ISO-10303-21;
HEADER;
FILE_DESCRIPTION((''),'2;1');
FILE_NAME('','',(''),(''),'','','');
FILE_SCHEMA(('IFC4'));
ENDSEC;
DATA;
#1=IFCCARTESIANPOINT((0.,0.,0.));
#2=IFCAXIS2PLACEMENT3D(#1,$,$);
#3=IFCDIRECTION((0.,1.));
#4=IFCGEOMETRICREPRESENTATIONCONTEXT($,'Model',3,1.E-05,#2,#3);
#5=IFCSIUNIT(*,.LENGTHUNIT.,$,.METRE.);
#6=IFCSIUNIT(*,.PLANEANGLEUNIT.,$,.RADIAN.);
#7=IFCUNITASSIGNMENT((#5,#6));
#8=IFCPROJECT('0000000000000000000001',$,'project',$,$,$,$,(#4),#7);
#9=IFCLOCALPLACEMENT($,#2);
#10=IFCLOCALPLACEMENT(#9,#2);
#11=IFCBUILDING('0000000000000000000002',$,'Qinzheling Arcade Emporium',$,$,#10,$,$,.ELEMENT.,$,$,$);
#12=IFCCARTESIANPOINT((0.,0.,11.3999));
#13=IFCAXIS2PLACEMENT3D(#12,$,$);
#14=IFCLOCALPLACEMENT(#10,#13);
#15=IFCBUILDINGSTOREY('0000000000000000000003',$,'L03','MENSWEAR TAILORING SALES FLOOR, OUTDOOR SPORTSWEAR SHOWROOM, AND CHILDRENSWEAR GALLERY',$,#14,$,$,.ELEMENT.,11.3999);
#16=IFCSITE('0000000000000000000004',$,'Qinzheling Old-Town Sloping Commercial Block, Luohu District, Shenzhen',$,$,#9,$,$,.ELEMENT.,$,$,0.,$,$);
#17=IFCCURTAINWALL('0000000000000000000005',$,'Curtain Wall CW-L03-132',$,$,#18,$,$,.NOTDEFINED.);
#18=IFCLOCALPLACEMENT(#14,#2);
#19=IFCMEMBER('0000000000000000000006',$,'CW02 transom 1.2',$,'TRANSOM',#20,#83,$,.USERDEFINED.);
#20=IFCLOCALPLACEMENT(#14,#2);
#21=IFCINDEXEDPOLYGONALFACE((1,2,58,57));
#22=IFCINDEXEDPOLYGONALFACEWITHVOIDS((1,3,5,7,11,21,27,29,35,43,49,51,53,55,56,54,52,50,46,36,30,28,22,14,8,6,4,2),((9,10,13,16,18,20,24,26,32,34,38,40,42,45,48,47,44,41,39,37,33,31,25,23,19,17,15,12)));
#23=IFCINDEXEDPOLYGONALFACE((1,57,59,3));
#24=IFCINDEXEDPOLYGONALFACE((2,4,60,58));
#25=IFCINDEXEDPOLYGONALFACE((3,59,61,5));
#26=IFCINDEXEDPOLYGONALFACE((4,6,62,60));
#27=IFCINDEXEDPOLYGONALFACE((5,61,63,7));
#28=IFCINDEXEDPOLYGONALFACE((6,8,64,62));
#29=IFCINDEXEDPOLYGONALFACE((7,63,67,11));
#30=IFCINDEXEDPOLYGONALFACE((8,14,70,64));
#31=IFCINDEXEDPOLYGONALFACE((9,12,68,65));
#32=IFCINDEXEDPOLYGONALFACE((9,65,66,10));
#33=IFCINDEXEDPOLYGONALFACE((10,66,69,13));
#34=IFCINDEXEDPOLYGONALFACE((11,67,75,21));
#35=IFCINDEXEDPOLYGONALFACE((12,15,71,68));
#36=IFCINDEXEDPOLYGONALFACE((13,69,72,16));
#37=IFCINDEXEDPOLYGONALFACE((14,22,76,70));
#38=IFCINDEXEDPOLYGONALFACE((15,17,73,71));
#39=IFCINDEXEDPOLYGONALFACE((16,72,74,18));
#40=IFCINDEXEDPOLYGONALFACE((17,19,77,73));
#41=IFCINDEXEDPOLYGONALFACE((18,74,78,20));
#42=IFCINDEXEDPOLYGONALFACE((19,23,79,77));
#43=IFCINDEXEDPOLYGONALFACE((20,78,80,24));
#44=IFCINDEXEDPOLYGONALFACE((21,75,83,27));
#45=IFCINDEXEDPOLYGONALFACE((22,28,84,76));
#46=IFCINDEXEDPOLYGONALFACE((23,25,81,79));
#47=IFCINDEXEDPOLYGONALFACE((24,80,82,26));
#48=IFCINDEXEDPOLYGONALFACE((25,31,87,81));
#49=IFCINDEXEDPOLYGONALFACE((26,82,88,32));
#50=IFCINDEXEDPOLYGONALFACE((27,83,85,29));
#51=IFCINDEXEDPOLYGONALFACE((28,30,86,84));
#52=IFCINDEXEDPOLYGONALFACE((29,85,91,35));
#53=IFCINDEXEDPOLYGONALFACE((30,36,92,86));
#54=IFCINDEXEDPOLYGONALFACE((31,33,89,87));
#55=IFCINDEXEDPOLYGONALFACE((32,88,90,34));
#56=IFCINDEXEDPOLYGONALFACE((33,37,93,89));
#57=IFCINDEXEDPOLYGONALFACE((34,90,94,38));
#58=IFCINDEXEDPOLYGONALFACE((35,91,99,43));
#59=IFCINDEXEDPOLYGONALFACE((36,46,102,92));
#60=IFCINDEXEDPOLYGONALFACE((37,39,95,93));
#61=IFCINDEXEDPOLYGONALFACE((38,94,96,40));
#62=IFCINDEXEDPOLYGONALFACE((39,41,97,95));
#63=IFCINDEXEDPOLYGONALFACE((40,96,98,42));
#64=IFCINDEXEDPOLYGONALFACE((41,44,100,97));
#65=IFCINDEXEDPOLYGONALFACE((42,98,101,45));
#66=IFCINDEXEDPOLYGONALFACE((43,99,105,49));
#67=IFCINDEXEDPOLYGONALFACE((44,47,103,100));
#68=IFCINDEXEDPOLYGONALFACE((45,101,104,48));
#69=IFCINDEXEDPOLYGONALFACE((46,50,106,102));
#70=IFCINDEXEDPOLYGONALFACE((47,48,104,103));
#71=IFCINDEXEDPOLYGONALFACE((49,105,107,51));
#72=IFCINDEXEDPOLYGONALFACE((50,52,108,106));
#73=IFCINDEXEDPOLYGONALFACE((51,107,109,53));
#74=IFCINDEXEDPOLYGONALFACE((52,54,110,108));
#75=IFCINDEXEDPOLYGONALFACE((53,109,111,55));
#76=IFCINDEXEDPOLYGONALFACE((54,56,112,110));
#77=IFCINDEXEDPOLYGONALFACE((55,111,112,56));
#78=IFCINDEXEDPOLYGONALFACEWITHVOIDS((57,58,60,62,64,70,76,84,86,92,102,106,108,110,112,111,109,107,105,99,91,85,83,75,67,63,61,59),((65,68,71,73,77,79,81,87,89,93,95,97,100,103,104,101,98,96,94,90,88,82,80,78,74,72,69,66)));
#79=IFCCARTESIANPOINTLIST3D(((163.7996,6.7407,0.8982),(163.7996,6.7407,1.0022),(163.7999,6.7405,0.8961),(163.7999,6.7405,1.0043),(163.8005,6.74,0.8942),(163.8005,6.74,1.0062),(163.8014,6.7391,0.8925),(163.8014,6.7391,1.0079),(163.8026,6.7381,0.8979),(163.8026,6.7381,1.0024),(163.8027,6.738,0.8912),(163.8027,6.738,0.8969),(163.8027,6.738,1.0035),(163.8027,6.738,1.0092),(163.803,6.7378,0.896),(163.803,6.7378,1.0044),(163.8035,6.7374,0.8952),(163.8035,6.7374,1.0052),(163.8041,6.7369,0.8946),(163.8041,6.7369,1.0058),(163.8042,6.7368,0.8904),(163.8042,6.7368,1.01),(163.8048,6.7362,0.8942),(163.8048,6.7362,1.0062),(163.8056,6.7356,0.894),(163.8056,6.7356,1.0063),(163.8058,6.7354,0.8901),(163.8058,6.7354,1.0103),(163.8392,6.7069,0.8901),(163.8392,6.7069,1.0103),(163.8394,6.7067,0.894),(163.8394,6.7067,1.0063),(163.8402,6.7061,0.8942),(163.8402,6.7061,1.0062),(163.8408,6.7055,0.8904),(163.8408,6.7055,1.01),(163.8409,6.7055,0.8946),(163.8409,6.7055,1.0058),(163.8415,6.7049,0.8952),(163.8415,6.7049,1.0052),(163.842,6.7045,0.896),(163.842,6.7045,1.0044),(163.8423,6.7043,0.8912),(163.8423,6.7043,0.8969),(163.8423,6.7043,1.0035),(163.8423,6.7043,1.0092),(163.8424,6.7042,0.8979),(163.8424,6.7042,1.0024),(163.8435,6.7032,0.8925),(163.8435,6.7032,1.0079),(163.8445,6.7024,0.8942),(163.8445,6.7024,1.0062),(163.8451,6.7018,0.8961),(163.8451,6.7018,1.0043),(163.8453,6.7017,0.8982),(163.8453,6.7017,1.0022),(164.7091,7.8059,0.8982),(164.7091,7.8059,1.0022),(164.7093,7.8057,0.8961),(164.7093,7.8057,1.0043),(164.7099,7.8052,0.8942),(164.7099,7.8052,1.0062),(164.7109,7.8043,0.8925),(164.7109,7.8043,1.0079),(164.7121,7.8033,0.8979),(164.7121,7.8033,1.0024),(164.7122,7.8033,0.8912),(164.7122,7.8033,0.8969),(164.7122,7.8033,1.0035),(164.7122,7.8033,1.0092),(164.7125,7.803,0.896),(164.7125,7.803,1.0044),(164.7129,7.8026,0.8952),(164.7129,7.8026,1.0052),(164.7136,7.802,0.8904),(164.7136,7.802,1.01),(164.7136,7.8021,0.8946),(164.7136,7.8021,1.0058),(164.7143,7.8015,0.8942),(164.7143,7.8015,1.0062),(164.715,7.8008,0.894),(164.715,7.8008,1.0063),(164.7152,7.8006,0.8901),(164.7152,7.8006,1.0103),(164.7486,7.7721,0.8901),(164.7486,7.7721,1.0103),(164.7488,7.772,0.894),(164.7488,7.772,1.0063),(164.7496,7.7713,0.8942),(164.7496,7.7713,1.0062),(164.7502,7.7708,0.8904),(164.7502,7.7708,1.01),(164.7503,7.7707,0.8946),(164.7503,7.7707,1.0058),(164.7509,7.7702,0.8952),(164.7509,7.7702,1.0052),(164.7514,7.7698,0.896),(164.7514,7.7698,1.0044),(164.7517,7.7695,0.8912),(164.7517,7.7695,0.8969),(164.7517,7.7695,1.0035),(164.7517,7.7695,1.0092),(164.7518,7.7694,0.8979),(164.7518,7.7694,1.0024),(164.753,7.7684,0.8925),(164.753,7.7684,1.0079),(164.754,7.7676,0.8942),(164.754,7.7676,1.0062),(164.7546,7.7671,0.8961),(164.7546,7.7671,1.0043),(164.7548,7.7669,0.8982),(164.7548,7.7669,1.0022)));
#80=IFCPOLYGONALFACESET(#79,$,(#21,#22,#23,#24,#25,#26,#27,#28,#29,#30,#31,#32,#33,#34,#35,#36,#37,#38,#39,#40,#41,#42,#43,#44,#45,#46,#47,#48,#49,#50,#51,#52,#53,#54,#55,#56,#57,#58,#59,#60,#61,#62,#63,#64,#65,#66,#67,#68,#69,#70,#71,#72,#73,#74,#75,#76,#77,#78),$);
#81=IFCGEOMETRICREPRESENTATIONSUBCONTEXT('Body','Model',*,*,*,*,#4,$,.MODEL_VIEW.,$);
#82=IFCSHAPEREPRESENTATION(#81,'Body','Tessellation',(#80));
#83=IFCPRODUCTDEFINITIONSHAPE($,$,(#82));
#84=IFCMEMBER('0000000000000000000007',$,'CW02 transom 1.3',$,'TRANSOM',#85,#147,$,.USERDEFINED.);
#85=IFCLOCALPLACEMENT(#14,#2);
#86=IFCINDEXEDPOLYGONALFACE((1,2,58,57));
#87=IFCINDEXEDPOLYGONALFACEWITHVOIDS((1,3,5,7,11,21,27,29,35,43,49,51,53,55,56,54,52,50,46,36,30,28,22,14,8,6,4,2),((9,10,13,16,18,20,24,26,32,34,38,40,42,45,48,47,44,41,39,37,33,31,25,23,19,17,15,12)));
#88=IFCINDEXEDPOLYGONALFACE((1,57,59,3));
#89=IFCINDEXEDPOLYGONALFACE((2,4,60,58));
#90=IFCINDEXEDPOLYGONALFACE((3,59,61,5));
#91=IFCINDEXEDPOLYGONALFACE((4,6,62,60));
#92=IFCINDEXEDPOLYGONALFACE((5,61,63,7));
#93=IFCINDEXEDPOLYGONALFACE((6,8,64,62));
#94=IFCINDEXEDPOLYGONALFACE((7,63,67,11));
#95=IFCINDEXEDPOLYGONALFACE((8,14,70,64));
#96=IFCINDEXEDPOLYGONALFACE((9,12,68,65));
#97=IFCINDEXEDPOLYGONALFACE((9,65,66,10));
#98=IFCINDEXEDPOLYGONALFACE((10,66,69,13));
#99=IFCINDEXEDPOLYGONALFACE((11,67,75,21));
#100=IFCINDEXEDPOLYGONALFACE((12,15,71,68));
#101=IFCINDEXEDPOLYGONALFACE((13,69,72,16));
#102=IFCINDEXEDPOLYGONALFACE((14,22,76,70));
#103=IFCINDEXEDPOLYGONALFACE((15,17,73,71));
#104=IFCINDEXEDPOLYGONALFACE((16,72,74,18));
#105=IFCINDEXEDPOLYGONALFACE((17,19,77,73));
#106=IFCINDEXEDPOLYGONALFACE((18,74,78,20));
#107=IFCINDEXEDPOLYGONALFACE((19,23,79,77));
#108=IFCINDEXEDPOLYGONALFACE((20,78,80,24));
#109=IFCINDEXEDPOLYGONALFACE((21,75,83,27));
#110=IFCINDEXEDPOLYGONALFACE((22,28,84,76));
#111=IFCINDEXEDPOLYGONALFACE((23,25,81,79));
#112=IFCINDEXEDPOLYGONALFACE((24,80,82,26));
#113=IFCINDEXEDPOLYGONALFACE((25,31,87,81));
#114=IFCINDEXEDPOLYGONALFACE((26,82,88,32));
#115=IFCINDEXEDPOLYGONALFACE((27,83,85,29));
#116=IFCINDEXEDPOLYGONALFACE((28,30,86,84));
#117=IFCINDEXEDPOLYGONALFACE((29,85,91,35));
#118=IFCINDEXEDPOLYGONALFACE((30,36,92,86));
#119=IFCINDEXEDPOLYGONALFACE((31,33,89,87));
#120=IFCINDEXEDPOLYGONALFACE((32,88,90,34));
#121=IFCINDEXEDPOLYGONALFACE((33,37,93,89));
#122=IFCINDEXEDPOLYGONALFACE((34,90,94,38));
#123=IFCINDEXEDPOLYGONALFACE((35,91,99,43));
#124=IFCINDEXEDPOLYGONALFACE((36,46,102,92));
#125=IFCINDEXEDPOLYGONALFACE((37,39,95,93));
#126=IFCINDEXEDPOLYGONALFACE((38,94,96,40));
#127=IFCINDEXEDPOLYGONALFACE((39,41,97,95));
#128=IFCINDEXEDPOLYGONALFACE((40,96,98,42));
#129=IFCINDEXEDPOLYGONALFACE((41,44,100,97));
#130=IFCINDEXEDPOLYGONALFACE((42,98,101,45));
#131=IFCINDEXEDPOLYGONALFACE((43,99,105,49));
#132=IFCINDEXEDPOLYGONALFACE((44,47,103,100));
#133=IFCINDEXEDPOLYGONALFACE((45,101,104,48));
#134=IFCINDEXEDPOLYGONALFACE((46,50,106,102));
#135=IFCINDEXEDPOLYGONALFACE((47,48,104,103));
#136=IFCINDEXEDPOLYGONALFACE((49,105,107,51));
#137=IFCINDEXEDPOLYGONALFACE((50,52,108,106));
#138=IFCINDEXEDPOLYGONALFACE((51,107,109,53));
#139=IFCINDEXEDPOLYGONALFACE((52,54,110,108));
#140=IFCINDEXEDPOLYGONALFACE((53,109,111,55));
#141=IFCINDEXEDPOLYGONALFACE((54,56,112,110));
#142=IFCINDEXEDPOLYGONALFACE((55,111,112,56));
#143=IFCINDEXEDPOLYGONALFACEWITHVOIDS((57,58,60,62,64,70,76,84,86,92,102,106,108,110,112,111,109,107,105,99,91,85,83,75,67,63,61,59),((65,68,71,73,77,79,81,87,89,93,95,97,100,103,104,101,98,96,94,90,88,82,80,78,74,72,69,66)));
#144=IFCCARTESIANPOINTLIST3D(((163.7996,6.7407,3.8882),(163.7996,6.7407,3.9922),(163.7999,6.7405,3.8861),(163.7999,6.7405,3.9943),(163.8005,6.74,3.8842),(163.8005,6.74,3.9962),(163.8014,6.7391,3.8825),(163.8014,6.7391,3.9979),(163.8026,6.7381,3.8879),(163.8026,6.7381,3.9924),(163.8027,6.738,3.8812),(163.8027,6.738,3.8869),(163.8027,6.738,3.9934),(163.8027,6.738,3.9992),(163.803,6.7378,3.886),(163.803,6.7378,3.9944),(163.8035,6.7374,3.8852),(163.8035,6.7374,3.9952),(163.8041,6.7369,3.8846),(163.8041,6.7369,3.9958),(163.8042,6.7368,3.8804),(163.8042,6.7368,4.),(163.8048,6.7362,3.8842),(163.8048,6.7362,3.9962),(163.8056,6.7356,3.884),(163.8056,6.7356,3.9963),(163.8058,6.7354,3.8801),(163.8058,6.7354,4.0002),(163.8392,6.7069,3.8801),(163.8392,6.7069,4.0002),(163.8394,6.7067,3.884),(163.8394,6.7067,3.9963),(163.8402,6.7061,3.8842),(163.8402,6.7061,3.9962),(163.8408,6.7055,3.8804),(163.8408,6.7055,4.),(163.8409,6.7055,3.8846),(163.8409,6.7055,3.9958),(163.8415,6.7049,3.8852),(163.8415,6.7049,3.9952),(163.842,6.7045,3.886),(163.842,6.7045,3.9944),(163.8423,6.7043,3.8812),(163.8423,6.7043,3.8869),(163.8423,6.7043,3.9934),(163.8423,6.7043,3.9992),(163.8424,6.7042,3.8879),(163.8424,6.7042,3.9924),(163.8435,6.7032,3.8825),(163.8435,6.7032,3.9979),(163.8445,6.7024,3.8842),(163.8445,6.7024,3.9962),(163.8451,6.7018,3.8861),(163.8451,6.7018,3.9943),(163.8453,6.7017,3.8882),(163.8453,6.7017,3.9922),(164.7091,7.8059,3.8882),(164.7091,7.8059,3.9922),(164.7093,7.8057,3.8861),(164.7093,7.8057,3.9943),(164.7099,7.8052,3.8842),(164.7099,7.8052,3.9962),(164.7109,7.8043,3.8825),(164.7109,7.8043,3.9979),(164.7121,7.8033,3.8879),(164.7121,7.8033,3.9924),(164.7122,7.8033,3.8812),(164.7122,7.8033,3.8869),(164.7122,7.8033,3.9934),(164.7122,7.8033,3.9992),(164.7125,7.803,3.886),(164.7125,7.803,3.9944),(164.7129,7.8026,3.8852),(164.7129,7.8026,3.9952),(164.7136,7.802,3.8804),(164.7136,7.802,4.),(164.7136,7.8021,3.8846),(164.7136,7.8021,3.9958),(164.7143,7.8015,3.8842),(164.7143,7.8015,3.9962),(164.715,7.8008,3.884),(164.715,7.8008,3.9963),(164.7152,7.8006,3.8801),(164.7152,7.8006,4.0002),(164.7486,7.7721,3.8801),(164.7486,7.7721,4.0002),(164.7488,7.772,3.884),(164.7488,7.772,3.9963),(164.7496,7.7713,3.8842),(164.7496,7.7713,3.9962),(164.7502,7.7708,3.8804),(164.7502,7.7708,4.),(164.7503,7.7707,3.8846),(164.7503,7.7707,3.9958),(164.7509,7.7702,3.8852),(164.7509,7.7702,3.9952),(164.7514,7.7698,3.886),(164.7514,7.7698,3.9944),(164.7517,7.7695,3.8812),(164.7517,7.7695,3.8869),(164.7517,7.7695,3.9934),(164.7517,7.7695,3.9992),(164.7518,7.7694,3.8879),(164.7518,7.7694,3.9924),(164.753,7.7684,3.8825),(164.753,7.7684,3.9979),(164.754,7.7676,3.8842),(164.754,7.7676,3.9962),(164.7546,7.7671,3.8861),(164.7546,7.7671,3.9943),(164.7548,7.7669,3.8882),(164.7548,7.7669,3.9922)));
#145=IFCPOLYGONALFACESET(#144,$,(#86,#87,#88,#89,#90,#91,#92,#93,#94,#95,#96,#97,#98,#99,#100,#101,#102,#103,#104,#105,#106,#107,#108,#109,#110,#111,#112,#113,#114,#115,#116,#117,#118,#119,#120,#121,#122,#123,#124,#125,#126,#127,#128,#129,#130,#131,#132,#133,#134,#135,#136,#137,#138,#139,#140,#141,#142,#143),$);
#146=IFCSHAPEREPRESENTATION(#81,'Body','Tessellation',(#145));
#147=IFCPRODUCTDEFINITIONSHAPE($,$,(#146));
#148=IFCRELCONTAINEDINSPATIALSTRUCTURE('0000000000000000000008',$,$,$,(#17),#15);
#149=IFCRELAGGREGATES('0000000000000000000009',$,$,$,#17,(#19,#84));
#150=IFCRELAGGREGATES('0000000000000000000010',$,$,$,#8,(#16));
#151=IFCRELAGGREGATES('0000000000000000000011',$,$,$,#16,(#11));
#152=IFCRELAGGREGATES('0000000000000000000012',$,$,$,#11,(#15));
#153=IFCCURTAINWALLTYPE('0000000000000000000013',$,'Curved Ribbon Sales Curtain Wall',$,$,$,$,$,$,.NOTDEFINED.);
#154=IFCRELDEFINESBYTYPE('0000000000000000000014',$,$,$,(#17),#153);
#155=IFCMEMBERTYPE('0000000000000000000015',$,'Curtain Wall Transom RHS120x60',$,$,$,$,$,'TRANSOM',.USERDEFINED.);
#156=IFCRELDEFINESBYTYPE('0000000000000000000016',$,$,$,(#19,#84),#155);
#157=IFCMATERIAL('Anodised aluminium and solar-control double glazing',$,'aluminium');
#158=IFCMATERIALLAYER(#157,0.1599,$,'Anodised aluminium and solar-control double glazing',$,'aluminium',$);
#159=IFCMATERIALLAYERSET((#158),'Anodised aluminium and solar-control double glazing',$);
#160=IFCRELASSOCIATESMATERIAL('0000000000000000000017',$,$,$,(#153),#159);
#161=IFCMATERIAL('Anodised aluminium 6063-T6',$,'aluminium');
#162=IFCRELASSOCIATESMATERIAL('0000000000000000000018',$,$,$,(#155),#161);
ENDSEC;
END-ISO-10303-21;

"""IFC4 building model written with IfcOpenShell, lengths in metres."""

from ifc_helpers import new_model, si_unit, direction, frame, origin, origin_2d, place, context, subcontext, project, spatial, hollow_rectangle, extrude, material, layer, layer_set, material_profile, profile_set, type_object, element, aggregate, save


model = new_model("IFC4")

# Units and contexts
model_context = context("Model", 3, precision=1e-05, world=origin(), true_north=direction((0.0, 1.0)))
body_context = subcontext(model_context, "Body", "Model", "MODEL_VIEW")
ifc_project = project(units=[si_unit("LENGTHUNIT", "METRE"), si_unit("PLANEANGLEUNIT", "RADIAN")], contexts=[model_context])

# Site, building, storey
site_placement = place(None, origin())
site = spatial("IfcSite", under=ifc_project, at=site_placement, Name="Qinzheling Old-Town Sloping Commercial Block, Luohu District, Shenzhen", CompositionType="ELEMENT", RefElevation=0.0)
building_placement = place(site_placement, origin())
building = spatial("IfcBuilding", under=site, at=building_placement, Name="Qinzheling Arcade Emporium", CompositionType="ELEMENT")
storey_placement = place(building_placement, frame((0.0, 0.0, 11.3999)))
storey = spatial("IfcBuildingStorey", under=building, at=storey_placement, Name="L03", Description="MENSWEAR TAILORING SALES FLOOR, OUTDOOR SPORTSWEAR SHOWROOM, AND CHILDRENSWEAR GALLERY", CompositionType="ELEMENT", Elevation=11.3999)

# Curtain wall
ifc_material_1 = material(Name="Anodised aluminium and solar-control double glazing", Category="aluminium")
ifc_layer_1 = layer(ifc_material_1, 0.1599, Name="Anodised aluminium and solar-control double glazing", Category="aluminium")
ifc_layer_set_1 = layer_set([ifc_layer_1], Name="Anodised aluminium and solar-control double glazing")
curtain_wall_type = type_object("IfcCurtainWallType", Name="Curved Ribbon Sales Curtain Wall", PredefinedType="NOTDEFINED", material=ifc_layer_set_1)
ifc_material_2 = material(Name="Anodised aluminium 6063-T6", Category="aluminium")
curtain_wall_1_placement = place(storey_placement, origin())
curtain_wall_1 = element("IfcCurtainWall", 1, at=curtain_wall_1_placement, inside=storey, type_object=curtain_wall_type, Name="Curtain Wall CW-L03-132", PredefinedType="NOTDEFINED")

# Members
ifc_material_profile_1 = material_profile(ifc_material_2, hollow_rectangle(XDim=0.0601, YDim=0.1201, WallThickness=0.0039, InnerFilletRadius=0.0039, OuterFilletRadius=0.0081, at=origin_2d()), Name="RHS 120x60x4", Category="aluminium")
ifc_profile_set_1 = profile_set([ifc_material_profile_1], Name="Anodised aluminium 6063-T6")
member_type_1 = type_object("IfcMemberType", Name="Curtain Wall Transom RHS120x60", ElementType="TRANSOM", PredefinedType="USERDEFINED", material=ifc_profile_set_1)
member_1_placement = place(storey_placement, frame((164.7319, 7.7864, 0.9502), z_axis=(-0.649312, -0.760523, 0.0), x_axis=(0.760523, -0.649312, 0.0)))
member_1 = element("IfcMember", 2, at=member_1_placement, type_object=member_type_1, Name="CW02 transom 1.2", ObjectType="TRANSOM", PredefinedType="USERDEFINED", context=body_context, shape_type="SweptSolid", body=[
    extrude(hollow_rectangle(XDim=0.0601, YDim=0.1201, WallThickness=0.0039, InnerFilletRadius=0.0039, OuterFilletRadius=0.0081, at=origin_2d()), origin(), (0.0, 0.0, 1.0), 1.4006),
])
member_2_placement = place(storey_placement, frame((164.7319, 7.7864, 3.9402), z_axis=(-0.649312, -0.760523, 0.0), x_axis=(0.760523, -0.649312, 0.0)))
member_2 = element("IfcMember", 3, at=member_2_placement, type_object=member_type_1, Name="CW02 transom 1.3", ObjectType="TRANSOM", PredefinedType="USERDEFINED", context=body_context, shape_type="SweptSolid", body=[
    extrude(hollow_rectangle(XDim=0.0601, YDim=0.1201, WallThickness=0.0039, InnerFilletRadius=0.0039, OuterFilletRadius=0.0081, at=origin_2d()), origin(), (0.0, 0.0, 1.0), 1.4006),
])

aggregate(curtain_wall_1, [member_1, member_2])

save(model, "model.ifc")
